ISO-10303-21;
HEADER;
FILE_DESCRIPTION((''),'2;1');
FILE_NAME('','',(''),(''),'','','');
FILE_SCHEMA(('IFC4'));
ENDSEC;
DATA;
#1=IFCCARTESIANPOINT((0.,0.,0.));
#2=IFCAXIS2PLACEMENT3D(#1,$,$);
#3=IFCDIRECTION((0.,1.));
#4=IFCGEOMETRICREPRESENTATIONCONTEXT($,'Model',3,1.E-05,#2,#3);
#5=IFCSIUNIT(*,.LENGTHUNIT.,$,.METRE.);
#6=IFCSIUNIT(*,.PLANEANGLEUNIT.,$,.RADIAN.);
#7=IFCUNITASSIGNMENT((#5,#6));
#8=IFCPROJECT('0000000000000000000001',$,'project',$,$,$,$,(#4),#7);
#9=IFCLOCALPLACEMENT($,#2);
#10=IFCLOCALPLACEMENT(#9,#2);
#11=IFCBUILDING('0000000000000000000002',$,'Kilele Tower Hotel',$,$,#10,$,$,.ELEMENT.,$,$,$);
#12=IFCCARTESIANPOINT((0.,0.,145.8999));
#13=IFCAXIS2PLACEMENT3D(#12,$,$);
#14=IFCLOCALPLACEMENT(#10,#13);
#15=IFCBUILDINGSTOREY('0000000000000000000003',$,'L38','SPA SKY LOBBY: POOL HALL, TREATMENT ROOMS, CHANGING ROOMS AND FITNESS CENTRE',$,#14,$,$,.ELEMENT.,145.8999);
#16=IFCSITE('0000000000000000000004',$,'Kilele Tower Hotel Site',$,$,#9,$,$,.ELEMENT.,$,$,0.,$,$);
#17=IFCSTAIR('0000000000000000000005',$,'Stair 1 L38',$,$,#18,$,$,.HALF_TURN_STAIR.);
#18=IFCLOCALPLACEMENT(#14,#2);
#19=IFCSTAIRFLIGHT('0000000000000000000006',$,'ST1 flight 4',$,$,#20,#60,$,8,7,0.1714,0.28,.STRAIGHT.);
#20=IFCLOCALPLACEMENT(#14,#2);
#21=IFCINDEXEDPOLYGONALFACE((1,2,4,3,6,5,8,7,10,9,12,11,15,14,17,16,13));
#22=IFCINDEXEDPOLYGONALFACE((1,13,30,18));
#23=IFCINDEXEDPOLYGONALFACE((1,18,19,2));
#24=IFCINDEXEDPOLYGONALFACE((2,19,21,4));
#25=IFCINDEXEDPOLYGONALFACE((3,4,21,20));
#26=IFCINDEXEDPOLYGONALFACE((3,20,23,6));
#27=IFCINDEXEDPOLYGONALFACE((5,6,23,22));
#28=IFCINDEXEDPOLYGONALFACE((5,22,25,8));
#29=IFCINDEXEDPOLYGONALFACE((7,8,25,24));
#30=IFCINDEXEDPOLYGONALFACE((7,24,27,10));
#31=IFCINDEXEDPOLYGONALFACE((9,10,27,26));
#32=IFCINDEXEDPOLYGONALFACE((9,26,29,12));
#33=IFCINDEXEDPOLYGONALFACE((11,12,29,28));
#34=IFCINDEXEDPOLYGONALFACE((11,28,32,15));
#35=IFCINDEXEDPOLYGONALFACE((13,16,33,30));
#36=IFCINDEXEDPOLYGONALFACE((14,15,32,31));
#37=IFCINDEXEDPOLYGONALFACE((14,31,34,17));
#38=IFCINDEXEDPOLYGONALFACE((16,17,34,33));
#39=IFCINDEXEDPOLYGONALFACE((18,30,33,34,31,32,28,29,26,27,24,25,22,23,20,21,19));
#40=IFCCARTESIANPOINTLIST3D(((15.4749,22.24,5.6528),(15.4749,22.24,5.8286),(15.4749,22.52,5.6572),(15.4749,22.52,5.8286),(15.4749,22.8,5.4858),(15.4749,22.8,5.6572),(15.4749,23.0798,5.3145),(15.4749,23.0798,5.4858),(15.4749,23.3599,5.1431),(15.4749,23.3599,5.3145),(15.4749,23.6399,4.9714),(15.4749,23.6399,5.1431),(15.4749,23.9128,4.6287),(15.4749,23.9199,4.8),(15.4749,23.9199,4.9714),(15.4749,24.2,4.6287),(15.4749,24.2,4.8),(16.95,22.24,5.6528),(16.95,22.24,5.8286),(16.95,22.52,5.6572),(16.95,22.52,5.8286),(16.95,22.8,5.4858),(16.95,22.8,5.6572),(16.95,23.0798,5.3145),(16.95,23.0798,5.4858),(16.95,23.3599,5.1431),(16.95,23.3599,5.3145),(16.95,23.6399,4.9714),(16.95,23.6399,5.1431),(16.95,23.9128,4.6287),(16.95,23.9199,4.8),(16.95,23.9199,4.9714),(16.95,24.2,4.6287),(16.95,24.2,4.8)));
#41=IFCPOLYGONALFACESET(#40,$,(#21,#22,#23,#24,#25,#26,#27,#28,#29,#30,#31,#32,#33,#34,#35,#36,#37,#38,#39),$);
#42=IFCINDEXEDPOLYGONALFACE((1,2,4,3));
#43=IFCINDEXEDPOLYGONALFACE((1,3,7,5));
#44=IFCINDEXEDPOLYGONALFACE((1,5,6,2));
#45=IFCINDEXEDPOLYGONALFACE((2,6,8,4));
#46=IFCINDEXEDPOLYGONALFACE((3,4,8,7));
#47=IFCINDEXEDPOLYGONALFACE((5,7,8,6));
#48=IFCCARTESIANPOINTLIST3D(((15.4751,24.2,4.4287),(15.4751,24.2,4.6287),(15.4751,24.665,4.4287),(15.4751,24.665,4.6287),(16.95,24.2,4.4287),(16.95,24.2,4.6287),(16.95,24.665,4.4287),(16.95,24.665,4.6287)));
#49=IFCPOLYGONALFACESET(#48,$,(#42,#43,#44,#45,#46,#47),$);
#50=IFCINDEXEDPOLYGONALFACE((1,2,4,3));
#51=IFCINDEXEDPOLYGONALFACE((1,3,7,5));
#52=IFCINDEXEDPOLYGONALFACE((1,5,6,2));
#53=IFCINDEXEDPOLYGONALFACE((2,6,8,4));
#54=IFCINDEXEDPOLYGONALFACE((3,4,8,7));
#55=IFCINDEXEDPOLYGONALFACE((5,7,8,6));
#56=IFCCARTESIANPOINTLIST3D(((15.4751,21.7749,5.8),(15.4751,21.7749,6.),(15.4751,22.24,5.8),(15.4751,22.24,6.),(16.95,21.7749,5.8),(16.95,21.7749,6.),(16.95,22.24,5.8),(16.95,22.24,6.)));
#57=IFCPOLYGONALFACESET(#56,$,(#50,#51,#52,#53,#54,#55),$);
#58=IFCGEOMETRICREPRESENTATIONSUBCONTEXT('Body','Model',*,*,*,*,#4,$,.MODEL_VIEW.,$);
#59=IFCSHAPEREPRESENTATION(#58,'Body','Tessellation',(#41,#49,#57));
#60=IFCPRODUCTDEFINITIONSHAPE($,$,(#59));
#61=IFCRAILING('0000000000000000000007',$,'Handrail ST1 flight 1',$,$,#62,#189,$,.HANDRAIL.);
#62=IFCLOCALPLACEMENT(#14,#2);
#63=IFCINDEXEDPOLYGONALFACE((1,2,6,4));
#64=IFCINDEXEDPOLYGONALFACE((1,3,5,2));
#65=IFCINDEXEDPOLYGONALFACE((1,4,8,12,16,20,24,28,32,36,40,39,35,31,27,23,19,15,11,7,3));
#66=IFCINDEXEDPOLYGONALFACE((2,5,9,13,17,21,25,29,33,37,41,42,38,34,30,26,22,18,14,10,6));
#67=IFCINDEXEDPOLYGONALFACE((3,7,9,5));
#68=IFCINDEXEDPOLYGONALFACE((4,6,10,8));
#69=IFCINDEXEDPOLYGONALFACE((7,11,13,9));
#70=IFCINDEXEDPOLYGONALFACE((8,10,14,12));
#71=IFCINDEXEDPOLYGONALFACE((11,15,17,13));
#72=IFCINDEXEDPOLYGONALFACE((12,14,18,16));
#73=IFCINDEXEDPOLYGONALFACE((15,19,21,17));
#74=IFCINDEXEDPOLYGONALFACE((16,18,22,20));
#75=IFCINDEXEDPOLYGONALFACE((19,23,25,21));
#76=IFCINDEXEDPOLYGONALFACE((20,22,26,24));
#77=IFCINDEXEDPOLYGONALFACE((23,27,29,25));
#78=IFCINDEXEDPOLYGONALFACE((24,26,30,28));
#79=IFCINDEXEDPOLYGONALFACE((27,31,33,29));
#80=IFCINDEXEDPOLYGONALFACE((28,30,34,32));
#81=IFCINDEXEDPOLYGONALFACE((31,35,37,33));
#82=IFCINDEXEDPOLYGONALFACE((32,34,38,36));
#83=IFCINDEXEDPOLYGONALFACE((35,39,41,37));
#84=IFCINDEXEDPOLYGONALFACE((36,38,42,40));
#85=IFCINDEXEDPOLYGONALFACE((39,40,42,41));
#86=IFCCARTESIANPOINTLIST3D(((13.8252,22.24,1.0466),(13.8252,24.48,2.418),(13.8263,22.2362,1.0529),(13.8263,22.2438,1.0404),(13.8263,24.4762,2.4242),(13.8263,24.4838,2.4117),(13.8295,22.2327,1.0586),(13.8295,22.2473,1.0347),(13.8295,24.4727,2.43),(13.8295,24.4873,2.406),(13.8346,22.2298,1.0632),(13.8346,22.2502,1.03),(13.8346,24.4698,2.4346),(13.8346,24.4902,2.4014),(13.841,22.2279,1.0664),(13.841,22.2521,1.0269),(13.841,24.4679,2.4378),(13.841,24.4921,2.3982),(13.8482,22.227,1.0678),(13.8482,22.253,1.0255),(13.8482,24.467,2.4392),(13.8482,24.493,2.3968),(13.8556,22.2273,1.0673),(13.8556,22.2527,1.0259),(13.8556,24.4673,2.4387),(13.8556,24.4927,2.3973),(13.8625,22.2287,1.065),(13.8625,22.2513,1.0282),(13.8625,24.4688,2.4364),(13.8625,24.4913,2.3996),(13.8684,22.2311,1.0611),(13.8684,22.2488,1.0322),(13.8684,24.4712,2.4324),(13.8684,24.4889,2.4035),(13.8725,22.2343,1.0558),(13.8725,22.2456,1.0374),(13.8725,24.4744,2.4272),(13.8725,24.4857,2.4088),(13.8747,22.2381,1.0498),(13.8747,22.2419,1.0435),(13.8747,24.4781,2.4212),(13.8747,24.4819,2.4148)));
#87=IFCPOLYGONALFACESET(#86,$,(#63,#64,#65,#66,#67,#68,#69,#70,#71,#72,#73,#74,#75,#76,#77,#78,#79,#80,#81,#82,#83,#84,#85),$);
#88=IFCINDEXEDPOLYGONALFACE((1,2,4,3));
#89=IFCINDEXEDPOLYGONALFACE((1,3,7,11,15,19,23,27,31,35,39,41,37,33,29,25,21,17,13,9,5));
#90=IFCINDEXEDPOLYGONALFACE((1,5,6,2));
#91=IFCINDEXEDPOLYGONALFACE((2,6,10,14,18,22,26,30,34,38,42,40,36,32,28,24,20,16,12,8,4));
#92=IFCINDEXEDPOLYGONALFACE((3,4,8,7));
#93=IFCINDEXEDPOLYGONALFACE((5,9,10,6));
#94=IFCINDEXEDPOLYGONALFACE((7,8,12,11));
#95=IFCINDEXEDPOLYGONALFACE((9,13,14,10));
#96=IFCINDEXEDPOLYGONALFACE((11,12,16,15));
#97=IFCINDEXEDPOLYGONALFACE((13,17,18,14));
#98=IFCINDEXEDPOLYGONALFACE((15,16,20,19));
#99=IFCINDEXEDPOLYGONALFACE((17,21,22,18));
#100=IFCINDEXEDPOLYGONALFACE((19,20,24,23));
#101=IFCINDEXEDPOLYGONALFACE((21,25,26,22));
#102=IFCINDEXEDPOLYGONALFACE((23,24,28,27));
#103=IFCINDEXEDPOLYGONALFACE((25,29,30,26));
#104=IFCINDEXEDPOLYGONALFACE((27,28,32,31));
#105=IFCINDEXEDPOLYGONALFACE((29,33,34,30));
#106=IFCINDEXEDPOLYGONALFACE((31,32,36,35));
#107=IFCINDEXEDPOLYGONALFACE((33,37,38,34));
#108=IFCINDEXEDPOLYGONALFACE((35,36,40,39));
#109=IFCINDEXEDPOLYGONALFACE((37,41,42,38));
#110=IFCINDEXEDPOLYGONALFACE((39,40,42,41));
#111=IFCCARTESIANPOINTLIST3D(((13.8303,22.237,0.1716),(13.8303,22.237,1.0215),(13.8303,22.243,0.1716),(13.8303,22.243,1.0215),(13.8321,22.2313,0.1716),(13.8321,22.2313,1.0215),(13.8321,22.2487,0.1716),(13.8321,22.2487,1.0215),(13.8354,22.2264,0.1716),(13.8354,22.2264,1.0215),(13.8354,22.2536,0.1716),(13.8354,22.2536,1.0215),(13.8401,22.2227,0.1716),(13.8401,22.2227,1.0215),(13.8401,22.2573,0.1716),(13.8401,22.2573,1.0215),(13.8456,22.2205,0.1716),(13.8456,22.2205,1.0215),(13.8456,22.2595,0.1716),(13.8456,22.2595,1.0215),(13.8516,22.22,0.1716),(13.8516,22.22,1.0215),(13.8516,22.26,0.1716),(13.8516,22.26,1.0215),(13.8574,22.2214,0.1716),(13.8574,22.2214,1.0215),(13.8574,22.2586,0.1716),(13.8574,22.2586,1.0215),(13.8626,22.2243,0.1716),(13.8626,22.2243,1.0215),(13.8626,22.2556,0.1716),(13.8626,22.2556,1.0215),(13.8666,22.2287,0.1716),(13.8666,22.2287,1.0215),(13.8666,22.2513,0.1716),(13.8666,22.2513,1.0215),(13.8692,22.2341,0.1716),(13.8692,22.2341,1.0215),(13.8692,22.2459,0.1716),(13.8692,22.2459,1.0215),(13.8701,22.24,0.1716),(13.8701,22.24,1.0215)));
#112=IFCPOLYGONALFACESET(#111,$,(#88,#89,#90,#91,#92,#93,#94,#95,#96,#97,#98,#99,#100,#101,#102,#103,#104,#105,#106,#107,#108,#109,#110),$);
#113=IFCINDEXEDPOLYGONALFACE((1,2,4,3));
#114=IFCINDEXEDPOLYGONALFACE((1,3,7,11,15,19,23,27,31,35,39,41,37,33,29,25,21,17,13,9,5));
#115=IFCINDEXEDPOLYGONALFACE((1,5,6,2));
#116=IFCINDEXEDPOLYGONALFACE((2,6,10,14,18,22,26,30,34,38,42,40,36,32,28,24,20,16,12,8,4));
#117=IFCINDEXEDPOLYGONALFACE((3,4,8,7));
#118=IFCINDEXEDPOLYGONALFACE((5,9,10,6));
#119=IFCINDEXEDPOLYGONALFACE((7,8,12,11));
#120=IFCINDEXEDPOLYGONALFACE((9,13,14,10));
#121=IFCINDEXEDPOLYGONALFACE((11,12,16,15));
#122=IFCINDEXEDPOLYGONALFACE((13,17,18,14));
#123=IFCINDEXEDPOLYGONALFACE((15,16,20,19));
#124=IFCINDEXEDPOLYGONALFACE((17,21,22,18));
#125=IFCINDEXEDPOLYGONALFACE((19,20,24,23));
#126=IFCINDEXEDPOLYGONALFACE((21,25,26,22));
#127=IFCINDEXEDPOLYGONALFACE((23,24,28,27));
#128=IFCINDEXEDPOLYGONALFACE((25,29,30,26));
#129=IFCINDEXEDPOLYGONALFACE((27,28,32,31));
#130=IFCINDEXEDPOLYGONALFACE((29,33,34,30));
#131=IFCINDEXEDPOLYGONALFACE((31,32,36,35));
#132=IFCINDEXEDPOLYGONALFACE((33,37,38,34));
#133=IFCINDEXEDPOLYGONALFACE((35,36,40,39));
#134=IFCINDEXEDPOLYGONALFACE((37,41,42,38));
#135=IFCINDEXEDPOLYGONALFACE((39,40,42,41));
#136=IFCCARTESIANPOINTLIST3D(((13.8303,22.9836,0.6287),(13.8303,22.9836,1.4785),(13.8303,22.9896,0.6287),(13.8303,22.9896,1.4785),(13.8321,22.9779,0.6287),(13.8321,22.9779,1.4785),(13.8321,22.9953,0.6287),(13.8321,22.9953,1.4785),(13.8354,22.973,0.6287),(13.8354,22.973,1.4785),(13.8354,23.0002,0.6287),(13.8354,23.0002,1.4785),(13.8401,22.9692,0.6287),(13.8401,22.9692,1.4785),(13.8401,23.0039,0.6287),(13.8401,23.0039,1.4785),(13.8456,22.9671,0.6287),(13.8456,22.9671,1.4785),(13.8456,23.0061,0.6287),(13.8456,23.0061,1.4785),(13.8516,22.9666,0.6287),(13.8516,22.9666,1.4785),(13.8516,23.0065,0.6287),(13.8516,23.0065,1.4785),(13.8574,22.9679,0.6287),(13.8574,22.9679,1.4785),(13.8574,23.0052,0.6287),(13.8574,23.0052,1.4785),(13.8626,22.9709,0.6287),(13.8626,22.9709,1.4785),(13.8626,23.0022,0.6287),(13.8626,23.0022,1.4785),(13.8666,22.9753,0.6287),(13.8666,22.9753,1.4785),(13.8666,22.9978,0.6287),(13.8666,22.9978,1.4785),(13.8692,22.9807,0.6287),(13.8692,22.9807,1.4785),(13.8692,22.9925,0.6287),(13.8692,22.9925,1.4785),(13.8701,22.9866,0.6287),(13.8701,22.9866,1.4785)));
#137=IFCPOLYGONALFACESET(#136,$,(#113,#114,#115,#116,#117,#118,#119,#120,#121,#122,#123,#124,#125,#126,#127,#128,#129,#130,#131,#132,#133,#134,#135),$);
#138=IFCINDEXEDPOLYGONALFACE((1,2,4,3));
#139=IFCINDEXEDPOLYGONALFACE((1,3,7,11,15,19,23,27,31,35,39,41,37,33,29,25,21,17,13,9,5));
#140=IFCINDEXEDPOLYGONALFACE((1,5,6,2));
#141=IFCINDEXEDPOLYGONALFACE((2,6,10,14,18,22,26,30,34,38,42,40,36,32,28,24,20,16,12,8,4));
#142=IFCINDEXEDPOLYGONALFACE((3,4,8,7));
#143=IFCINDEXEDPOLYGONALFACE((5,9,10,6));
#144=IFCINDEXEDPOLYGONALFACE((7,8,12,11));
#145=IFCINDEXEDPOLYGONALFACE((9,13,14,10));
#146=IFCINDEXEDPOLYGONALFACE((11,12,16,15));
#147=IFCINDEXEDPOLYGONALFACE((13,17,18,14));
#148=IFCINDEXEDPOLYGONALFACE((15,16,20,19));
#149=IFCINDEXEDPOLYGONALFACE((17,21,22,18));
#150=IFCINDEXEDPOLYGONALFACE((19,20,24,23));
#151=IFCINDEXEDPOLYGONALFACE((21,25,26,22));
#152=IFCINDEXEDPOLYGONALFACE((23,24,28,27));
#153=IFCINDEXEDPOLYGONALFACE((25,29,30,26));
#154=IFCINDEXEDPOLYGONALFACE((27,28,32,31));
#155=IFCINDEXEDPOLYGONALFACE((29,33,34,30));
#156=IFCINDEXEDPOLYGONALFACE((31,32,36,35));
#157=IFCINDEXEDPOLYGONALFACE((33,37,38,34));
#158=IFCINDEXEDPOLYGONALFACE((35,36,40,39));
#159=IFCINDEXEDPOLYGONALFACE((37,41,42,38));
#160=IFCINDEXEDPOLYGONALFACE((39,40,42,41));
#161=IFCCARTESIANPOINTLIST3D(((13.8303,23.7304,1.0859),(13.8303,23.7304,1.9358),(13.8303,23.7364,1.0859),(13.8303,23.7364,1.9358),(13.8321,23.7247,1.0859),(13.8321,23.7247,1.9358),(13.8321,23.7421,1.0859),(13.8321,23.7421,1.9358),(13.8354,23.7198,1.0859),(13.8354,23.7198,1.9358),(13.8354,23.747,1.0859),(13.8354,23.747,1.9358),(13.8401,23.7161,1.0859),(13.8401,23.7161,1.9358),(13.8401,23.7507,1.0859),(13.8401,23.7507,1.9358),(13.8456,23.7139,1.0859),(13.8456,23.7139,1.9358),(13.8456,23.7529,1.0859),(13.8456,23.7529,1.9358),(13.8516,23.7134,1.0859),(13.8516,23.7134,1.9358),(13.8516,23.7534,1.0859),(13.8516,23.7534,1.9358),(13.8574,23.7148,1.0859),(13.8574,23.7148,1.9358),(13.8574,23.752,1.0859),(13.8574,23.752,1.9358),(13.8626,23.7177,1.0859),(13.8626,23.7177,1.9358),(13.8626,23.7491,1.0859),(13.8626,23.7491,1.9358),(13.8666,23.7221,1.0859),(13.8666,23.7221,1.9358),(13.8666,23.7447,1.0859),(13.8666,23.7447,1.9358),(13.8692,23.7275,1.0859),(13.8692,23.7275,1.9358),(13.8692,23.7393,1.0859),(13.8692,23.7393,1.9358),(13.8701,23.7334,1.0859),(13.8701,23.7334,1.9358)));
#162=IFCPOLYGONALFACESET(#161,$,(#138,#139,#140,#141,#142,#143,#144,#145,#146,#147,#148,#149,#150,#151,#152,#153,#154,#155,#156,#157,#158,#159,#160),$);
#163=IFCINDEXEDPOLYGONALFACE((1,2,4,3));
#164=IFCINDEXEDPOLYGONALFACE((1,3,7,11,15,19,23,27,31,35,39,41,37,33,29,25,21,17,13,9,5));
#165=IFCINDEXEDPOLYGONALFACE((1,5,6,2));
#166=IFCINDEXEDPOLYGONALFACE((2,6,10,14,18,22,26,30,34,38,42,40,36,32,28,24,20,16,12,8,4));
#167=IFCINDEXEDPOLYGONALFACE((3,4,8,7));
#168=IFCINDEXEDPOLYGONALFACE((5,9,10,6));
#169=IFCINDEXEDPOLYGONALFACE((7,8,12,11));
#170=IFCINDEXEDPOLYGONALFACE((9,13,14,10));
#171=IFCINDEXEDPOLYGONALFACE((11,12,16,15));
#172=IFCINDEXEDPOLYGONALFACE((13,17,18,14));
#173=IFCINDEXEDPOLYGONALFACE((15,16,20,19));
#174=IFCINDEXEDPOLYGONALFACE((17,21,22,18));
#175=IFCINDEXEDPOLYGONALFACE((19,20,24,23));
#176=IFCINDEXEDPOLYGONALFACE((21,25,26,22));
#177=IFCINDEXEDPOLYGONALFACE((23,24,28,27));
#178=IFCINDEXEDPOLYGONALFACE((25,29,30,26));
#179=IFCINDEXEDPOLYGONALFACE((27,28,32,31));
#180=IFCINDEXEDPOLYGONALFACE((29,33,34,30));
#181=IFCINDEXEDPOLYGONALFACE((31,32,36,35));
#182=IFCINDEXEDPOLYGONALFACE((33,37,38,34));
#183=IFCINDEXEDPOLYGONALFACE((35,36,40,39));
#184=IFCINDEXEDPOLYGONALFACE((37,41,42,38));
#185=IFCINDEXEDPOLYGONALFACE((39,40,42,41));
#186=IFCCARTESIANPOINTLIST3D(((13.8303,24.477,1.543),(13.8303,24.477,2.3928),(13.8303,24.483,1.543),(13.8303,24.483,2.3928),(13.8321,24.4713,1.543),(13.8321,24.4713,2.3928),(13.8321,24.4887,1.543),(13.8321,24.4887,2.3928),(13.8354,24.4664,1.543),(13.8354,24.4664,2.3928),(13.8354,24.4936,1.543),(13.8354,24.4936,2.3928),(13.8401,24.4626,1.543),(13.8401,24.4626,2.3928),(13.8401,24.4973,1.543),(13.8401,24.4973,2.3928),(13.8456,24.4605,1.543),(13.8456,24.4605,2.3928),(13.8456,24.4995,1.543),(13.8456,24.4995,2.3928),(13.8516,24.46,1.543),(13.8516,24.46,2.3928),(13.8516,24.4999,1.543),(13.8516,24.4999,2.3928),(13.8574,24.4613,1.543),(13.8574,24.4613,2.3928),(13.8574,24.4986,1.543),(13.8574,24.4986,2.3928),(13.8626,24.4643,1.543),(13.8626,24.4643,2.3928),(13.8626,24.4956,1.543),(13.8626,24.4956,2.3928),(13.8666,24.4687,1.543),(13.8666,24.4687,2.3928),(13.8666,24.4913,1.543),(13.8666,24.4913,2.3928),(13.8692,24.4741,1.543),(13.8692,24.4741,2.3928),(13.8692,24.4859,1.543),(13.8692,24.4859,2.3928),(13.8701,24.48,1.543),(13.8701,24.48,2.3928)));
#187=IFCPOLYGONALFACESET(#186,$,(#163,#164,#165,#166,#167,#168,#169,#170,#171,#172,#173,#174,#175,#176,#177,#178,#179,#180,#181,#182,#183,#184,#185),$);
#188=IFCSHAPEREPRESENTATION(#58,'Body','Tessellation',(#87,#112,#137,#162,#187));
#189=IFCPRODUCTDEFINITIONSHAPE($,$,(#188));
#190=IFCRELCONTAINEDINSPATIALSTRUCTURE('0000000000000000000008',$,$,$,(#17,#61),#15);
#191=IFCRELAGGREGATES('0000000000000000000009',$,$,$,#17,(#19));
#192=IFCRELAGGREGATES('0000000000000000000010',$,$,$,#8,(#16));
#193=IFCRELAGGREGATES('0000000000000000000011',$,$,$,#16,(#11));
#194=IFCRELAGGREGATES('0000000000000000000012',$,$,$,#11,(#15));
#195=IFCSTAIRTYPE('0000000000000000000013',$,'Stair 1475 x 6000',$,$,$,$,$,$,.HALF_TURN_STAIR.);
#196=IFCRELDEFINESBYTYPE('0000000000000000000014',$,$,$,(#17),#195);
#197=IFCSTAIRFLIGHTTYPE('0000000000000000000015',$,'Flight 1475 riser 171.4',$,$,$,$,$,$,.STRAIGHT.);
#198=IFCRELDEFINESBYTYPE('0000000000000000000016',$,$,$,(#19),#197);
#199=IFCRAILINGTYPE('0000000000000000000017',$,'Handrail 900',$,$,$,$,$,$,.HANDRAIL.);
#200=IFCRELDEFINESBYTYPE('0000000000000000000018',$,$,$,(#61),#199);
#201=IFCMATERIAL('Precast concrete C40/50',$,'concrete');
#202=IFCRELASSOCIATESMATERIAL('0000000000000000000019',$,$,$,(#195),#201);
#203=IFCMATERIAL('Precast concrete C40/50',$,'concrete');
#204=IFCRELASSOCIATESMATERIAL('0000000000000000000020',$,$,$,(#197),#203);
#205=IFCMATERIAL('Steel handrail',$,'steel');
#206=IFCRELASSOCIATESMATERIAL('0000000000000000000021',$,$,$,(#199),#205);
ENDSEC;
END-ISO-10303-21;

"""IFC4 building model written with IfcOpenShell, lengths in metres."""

from ifc_helpers import new_model, si_unit, direction, frame, origin, origin_2d, place, context, subcontext, project, spatial, polyline, circle, outline, extrude, material, type_object, element, aggregate, save


model = new_model("IFC4")

# Units and contexts
model_context = context("Model", 3, precision=1e-05, world=origin(), true_north=direction((0.0, 1.0)))
body_context = subcontext(model_context, "Body", "Model", "MODEL_VIEW")
ifc_project = project(units=[si_unit("LENGTHUNIT", "METRE"), si_unit("PLANEANGLEUNIT", "RADIAN")], contexts=[model_context])

# Site, building, storey
site_placement = place(None, origin())
site = spatial("IfcSite", under=ifc_project, at=site_placement, Name="Kilele Tower Hotel Site", CompositionType="ELEMENT", RefElevation=0.0)
building_placement = place(site_placement, origin())
building = spatial("IfcBuilding", under=site, at=building_placement, Name="Kilele Tower Hotel", CompositionType="ELEMENT")
storey_placement = place(building_placement, frame((0.0, 0.0, 145.8999)))
storey = spatial("IfcBuildingStorey", under=building, at=storey_placement, Name="L38", Description="SPA SKY LOBBY: POOL HALL, TREATMENT ROOMS, CHANGING ROOMS AND FITNESS CENTRE", CompositionType="ELEMENT", Elevation=145.8999)

# Stair, stair flight
ifc_material_1 = material(Name="Precast concrete C40/50", Category="concrete")
stair_type = type_object("IfcStairType", Name="Stair 1475 x 6000", PredefinedType="HALF_TURN_STAIR", material=ifc_material_1)
stair_placement = place(storey_placement, origin())
stair = element("IfcStair", 1, at=stair_placement, inside=storey, type_object=stair_type, Name="Stair 1 L38", PredefinedType="HALF_TURN_STAIR")
ifc_material_2 = material(Name="Precast concrete C40/50", Category="concrete")
stair_flight_type = type_object("IfcStairFlightType", Name="Flight 1475 riser 171.4", PredefinedType="STRAIGHT", material=ifc_material_2)
stair_flight_1_placement = place(storey_placement, frame((16.2124, 24.2, 4.6287), z_axis=(0.0, 0.0, 1.0), x_axis=(0.0, -1.0, 0.0)))
stair_flight_1 = element("IfcStairFlight", 2, at=stair_flight_1_placement, type_object=stair_flight_type, Name="ST1 flight 4", NumberOfRisers=8, NumberOfTreads=7, PredefinedType="STRAIGHT", RiserHeight=0.1714, TreadLength=0.28, context=body_context, shape_type="SweptSolid", body=[
    extrude(outline(polyline([(0.0, 0.0), (0.0, 0.1714), (0.28, 0.1714), (0.28, 0.3428), (0.5601, 0.3428), (0.5601, 0.5144), (0.8401, 0.5144), (0.8401, 0.6858), (1.1201, 0.6858), (1.1201, 0.8572), (1.3999, 0.8572), (1.3999, 1.0286), (1.6799, 1.0286), (1.6799, 1.2), (1.96, 1.2), (1.96, 1.3713), (1.96, 1.0242), (0.2871, 0.0), (0.0, 0.0)])), frame((0.0, 0.7375, 0.0), z_axis=(0.0, -1.0, 0.0), x_axis=(1.0, 0.0, 0.0)), (0.0, 0.0, 1.0), 1.4751),
    extrude(outline(polyline([(0.0, -0.7373), (0.0, 0.7375), (-0.4651, 0.7375), (-0.4651, -0.7373), (0.0, -0.7373)])), frame((0.0, 0.0, -0.2)), (0.0, 0.0, 1.0), 0.2),
    extrude(outline(polyline([(2.425, -0.7373), (2.425, 0.7375), (1.96, 0.7375), (1.96, -0.7373), (2.425, -0.7373)])), frame((0.0, 0.0, 1.1714)), (0.0, 0.0, 1.0), 0.2),
])
aggregate(stair, [stair_flight_1])

# Railing
ifc_material_3 = material(Name="Steel handrail", Category="steel")
railing_type_1 = type_object("IfcRailingType", Name="Handrail 900", PredefinedType="HANDRAIL", material=ifc_material_3)
for number, where, name in (
    (3, (13.8501, 22.24, 0.1716), "Handrail ST1 flight 1"),
):
    element("IfcRailing", number, at=place(storey_placement, frame(where)), inside=storey, type_object=railing_type_1, Name=name, PredefinedType="HANDRAIL", context=body_context, shape_type="SweptSolid", body=[
        extrude(circle(Radius=0.0249, at=origin_2d()), frame((0.0, 0.0, 0.875), z_axis=(0.0, 0.852866, 0.52213), x_axis=(-1.0, 0.0, 0.0)), (0.0, 0.0, 1.0), 2.6265),
        extrude(circle(Radius=0.02, at=origin_2d()), origin(), (0.0, 0.0, 1.0), 0.8499),
        extrude(circle(Radius=0.02, at=origin_2d()), frame((0.0, 0.7466, 0.457)), (0.0, 0.0, 1.0), 0.8499),
        extrude(circle(Radius=0.02, at=origin_2d()), frame((0.0, 1.4934, 0.9143)), (0.0, 0.0, 1.0), 0.8499),
        extrude(circle(Radius=0.02, at=origin_2d()), frame((0.0, 2.24, 1.3713)), (0.0, 0.0, 1.0), 0.8499),
    ])

save(model, "model.ifc")
